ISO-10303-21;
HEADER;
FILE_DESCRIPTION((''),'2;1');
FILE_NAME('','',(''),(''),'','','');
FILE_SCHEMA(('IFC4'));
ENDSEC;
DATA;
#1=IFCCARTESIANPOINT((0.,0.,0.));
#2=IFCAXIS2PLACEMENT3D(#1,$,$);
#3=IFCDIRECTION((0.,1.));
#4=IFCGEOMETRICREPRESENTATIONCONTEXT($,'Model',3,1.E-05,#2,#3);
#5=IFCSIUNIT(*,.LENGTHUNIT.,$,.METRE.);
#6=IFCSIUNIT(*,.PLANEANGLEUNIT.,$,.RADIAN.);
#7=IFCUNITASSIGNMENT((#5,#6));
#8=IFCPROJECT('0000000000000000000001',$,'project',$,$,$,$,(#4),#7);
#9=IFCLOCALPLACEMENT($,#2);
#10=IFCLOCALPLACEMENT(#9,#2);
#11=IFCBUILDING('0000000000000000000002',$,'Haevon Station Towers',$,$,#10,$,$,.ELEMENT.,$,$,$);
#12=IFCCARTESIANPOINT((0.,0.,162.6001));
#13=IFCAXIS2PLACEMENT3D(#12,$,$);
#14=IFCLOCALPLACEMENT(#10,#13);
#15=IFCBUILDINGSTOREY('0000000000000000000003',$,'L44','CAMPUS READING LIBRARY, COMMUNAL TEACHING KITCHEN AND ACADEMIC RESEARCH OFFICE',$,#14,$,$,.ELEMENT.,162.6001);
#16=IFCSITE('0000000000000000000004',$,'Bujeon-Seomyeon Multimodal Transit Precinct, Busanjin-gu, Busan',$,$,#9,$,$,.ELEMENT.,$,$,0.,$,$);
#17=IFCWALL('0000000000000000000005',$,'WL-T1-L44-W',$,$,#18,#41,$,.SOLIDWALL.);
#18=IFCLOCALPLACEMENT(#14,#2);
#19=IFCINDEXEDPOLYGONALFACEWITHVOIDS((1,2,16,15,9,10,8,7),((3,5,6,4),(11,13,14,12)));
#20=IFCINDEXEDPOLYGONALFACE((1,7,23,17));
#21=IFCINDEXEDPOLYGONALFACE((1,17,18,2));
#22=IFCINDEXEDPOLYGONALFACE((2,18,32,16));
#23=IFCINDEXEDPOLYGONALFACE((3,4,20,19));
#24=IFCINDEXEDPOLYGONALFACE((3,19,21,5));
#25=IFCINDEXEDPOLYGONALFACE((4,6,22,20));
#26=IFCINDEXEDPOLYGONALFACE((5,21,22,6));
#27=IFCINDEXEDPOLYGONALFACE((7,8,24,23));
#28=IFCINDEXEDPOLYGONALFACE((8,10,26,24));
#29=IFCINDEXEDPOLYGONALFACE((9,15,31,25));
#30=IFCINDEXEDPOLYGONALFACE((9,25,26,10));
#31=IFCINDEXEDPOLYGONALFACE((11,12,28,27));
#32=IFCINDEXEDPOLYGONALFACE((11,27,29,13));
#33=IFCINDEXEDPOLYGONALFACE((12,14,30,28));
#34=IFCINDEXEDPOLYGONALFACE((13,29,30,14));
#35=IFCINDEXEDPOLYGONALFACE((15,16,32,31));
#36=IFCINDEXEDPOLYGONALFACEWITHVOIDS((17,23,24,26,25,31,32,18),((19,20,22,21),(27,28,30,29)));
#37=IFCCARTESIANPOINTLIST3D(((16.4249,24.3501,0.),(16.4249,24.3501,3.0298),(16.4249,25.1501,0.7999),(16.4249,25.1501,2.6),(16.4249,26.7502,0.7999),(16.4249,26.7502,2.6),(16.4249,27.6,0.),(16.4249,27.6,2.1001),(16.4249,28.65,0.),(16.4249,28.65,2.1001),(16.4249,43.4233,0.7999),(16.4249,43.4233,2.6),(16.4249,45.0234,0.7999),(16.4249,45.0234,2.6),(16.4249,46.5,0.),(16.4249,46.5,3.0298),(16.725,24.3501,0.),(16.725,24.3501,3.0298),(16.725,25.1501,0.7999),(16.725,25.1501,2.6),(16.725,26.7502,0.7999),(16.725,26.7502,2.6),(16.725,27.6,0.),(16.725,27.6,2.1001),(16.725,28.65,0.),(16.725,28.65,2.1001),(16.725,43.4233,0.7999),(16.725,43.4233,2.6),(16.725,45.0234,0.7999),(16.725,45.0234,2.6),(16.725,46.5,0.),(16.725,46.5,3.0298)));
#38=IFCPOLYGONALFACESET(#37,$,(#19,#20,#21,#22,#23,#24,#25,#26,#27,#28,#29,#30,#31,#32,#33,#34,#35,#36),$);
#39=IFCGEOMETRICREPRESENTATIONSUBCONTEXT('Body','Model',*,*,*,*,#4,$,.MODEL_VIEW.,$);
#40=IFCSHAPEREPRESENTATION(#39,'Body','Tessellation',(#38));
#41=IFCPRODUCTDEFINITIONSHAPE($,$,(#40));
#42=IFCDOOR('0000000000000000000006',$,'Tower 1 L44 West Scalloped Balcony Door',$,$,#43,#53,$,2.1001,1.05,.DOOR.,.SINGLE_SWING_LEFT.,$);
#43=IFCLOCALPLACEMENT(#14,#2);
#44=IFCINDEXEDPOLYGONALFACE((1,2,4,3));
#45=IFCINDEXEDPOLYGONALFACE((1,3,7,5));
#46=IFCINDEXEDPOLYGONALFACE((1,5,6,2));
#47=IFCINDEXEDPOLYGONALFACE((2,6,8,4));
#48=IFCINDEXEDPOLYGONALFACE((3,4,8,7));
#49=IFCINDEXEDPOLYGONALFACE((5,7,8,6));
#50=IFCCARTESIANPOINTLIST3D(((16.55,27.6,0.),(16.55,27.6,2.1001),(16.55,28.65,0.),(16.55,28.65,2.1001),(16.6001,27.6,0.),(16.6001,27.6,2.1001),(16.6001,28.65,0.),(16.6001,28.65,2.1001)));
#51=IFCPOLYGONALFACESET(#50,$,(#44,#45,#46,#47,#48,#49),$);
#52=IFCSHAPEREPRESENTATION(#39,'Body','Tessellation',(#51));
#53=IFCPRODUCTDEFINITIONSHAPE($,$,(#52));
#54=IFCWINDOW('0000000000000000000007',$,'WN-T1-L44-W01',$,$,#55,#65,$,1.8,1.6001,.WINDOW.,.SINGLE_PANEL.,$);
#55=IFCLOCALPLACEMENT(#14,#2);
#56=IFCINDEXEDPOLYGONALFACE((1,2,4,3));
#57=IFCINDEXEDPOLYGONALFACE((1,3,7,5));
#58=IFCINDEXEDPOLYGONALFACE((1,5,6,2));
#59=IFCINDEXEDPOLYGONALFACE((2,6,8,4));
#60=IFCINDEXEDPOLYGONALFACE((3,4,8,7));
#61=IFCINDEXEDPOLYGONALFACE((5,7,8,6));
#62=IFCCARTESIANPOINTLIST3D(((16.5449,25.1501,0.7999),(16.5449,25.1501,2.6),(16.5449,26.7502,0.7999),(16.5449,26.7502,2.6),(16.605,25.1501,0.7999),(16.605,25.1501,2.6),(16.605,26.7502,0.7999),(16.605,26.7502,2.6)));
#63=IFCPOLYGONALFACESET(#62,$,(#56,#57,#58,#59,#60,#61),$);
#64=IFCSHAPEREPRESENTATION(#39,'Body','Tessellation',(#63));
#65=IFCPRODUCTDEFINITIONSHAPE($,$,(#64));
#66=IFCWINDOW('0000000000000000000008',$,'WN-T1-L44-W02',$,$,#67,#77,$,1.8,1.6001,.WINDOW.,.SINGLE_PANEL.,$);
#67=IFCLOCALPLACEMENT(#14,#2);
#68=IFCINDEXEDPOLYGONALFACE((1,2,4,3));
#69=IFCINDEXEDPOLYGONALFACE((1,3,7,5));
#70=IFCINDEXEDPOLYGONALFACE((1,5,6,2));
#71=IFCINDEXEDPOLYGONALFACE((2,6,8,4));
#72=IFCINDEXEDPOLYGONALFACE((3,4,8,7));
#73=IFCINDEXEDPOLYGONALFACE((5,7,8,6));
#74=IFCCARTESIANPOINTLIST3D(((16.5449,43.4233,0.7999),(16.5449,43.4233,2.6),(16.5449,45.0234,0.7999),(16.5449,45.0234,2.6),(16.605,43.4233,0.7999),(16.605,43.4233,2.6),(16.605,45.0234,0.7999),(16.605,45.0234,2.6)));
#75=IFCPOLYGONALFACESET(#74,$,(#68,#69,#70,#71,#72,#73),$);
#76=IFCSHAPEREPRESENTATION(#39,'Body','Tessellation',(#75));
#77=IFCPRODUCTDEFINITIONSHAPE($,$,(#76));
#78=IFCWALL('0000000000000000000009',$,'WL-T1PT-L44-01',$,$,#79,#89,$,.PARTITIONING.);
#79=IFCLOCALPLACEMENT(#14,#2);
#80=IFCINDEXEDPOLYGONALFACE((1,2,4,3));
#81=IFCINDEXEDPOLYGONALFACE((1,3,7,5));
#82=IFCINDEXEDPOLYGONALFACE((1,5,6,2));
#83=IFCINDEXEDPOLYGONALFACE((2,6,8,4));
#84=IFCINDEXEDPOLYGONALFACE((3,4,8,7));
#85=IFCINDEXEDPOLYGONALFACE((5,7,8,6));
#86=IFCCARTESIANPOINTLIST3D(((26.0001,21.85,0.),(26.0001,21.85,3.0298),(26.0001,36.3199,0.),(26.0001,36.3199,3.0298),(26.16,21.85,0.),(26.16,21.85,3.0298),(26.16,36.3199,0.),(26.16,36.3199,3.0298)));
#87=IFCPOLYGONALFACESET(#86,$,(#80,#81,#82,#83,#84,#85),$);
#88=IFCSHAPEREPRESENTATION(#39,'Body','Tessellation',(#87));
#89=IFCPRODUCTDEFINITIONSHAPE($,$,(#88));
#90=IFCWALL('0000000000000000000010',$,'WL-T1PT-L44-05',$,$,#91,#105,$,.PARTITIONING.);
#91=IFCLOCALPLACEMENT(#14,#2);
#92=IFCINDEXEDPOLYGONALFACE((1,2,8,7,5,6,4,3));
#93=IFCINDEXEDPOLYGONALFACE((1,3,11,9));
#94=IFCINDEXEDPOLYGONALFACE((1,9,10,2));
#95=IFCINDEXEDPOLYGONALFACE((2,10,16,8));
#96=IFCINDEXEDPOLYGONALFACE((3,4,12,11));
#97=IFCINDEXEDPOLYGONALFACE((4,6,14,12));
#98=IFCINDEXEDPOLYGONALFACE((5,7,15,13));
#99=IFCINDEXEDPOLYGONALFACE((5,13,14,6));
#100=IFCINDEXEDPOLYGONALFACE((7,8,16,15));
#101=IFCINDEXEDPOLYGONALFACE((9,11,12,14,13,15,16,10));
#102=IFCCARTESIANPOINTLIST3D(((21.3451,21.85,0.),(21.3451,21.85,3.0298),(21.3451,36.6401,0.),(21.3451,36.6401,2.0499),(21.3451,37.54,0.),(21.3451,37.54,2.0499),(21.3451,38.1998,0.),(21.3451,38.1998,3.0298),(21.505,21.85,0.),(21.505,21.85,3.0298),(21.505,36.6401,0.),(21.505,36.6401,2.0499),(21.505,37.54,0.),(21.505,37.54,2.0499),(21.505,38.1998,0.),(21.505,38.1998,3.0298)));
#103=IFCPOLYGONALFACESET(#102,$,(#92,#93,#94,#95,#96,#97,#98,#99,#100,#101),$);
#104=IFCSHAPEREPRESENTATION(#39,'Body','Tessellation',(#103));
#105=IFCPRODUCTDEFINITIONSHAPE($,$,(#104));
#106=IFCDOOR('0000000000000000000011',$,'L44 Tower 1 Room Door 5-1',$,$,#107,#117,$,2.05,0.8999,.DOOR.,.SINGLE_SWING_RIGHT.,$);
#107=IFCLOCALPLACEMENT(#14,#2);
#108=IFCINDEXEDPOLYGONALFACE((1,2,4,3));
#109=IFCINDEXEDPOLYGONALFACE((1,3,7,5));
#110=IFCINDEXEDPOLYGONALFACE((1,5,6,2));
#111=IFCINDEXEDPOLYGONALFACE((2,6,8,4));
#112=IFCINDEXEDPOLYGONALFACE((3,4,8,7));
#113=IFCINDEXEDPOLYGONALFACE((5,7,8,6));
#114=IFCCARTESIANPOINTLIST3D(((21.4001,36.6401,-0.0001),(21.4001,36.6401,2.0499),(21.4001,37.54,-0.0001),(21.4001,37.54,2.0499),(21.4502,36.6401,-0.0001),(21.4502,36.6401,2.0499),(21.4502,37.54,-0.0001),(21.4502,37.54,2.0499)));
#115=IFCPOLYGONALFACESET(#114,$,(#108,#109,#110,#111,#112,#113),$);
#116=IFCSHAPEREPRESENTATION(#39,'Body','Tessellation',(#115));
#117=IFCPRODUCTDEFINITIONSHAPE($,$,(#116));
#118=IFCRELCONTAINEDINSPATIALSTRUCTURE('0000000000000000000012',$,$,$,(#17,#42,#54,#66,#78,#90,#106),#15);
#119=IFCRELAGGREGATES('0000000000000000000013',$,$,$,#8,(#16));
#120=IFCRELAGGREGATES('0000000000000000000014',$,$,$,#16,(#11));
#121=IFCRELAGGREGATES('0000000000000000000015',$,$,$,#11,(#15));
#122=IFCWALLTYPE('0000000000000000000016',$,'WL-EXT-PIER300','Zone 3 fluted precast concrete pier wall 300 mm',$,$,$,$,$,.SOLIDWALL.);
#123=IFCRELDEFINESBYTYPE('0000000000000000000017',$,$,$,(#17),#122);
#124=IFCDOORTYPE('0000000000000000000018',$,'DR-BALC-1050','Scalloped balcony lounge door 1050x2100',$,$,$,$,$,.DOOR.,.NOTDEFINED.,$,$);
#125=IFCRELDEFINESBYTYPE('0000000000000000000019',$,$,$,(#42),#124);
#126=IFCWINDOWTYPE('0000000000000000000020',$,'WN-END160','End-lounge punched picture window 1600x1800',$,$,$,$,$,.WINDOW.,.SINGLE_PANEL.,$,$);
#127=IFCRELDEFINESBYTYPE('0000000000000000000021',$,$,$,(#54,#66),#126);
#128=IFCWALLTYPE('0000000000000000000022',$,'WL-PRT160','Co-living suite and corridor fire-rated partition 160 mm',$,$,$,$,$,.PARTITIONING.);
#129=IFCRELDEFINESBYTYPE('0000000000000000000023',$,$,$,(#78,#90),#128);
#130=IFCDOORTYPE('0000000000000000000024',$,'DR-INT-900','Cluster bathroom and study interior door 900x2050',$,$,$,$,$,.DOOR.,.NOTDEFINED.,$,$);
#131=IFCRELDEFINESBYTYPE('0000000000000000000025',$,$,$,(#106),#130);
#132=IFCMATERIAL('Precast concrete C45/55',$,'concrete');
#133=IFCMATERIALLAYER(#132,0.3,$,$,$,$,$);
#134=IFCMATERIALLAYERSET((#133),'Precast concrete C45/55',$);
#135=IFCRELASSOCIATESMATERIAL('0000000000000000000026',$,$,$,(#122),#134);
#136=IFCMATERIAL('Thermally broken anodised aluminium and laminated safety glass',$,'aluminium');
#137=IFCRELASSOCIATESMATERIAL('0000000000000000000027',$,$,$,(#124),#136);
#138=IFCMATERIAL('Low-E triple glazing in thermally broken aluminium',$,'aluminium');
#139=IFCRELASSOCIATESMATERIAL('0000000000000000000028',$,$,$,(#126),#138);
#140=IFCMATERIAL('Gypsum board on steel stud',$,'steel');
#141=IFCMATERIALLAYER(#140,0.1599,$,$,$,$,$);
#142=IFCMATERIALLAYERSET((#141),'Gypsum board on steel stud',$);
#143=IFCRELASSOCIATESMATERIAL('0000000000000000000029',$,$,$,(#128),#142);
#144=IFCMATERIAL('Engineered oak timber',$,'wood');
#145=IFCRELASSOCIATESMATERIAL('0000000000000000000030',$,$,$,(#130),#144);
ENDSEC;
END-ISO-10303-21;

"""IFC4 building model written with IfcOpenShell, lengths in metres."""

from ifc_helpers import new_model, si_unit, direction, frame, frame_2d, origin, place, context, subcontext, project, spatial, rectangle, extrude, material, layer, layer_set, type_object, element, fill, save


model = new_model("IFC4")

# Units and contexts
model_context = context("Model", 3, precision=1e-05, world=origin(), true_north=direction((0.0, 1.0)))
body_context = subcontext(model_context, "Body", "Model", "MODEL_VIEW")
ifc_project = project(units=[si_unit("LENGTHUNIT", "METRE"), si_unit("PLANEANGLEUNIT", "RADIAN")], contexts=[model_context])

# Site, building, storey
site_placement = place(None, origin())
site = spatial("IfcSite", under=ifc_project, at=site_placement, Name="Bujeon-Seomyeon Multimodal Transit Precinct, Busanjin-gu, Busan", CompositionType="ELEMENT", RefElevation=0.0)
building_placement = place(site_placement, origin())
building = spatial("IfcBuilding", under=site, at=building_placement, Name="Haevon Station Towers", CompositionType="ELEMENT")
storey_placement = place(building_placement, frame((0.0, 0.0, 162.6001)))
storey = spatial("IfcBuildingStorey", under=building, at=storey_placement, Name="L44", Description="CAMPUS READING LIBRARY, COMMUNAL TEACHING KITCHEN AND ACADEMIC RESEARCH OFFICE", CompositionType="ELEMENT", Elevation=162.6001)

# Shared definitions
ifc_material_1 = material(Name="Precast concrete C45/55", Category="concrete")
ifc_layer_1 = layer(ifc_material_1, 0.3)
ifc_layer_set_1 = layer_set([ifc_layer_1], Name="Precast concrete C45/55")
wall_type_1 = type_object("IfcWallType", Name="WL-EXT-PIER300", Description="Zone 3 fluted precast concrete pier wall 300 mm", PredefinedType="SOLIDWALL", material=ifc_layer_set_1)

# Wall, openings, door, windows
wall_1_placement = place(storey_placement, frame((16.575, 24.3501, 0.0), z_axis=(0.0, 0.0, 1.0), x_axis=(0.0, 1.0, 0.0)))
wall_1 = element("IfcWall", 1, at=wall_1_placement, inside=storey, type_object=wall_type_1, Name="WL-T1-L44-W", PredefinedType="SOLIDWALL", context=body_context, shape_type="SweptSolid", body=[
    extrude(rectangle(XDim=22.1499, YDim=0.3, at=frame_2d((11.075, 0.0))), origin(), (0.0, 0.0, 1.0), 3.0298),
])
opening_1_placement = place(wall_1_placement, frame((3.25, 0.0, 0.0)))
opening_1 = element("IfcOpeningElement", 2, at=opening_1_placement, cuts=wall_1, PredefinedType="OPENING", context=body_context, shape_type="SweptSolid", body=[
    extrude(rectangle(XDim=1.05, YDim=2.1001, at=frame_2d((0.5249, 1.05))), frame((0.0, 0.1599, 0.0), z_axis=(0.0, -1.0, 0.0), x_axis=(1.0, 0.0, 0.0)), (0.0, 0.0, 1.0), 0.3201),
])
opening_2_placement = place(wall_1_placement, frame((0.8, 0.0, 0.8)))
opening_2 = element("IfcOpeningElement", 3, at=opening_2_placement, cuts=wall_1, PredefinedType="OPENING", context=body_context, shape_type="SweptSolid", body=[
    extrude(rectangle(XDim=1.6001, YDim=1.8, at=frame_2d((0.8, 0.8999))), frame((0.0, 0.1599, 0.0), z_axis=(0.0, -1.0, 0.0), x_axis=(1.0, 0.0, 0.0)), (0.0, 0.0, 1.0), 0.3201),
])
opening_3_placement = place(wall_1_placement, frame((19.0732, 0.0, 0.8)))
opening_3 = element("IfcOpeningElement", 4, at=opening_3_placement, cuts=wall_1, PredefinedType="OPENING", context=body_context, shape_type="SweptSolid", body=[
    extrude(rectangle(XDim=1.6001, YDim=1.8, at=frame_2d((0.8, 0.8999))), frame((0.0, 0.1599, 0.0), z_axis=(0.0, -1.0, 0.0), x_axis=(1.0, 0.0, 0.0)), (0.0, 0.0, 1.0), 0.3201),
])
ifc_material_2 = material(Name="Thermally broken anodised aluminium and laminated safety glass", Category="aluminium")
door_type_1 = type_object("IfcDoorType", Name="DR-BALC-1050", Description="Scalloped balcony lounge door 1050x2100", OperationType="NOTDEFINED", PredefinedType="DOOR", material=ifc_material_2)
door_1_placement = place(opening_1_placement, origin())
door_1 = element("IfcDoor", 5, at=door_1_placement, inside=storey, type_object=door_type_1, Name="Tower 1 L44 West Scalloped Balcony Door", OperationType="SINGLE_SWING_LEFT", OverallHeight=2.1001, OverallWidth=1.05, PredefinedType="DOOR", context=body_context, shape_type="SweptSolid", body=[
    extrude(rectangle(XDim=1.05, YDim=2.1001, at=frame_2d((0.5249, 1.05))), frame((0.0, 0.0249, 0.0), z_axis=(0.0, -1.0, 0.0), x_axis=(1.0, 0.0, 0.0)), (0.0, 0.0, 1.0), 0.05),
])
fill(opening_1, door_1)
ifc_material_3 = material(Name="Low-E triple glazing in thermally broken aluminium", Category="aluminium")
window_type = type_object("IfcWindowType", Name="WN-END160", Description="End-lounge punched picture window 1600x1800", PartitioningType="SINGLE_PANEL", PredefinedType="WINDOW", material=ifc_material_3)
window_1_placement = place(opening_2_placement, origin())
window_1 = element("IfcWindow", 6, at=window_1_placement, inside=storey, type_object=window_type, Name="WN-T1-L44-W01", OverallHeight=1.8, OverallWidth=1.6001, PartitioningType="SINGLE_PANEL", PredefinedType="WINDOW", context=body_context, shape_type="SweptSolid", body=[
    extrude(rectangle(XDim=1.6001, YDim=1.8, at=frame_2d((0.8, 0.8999))), frame((0.0, 0.03, 0.0), z_axis=(0.0, -1.0, 0.0), x_axis=(1.0, 0.0, 0.0)), (0.0, 0.0, 1.0), 0.0601),
])
fill(opening_2, window_1)
window_2_placement = place(opening_3_placement, origin())
window_2 = element("IfcWindow", 7, at=window_2_placement, inside=storey, type_object=window_type, Name="WN-T1-L44-W02", OverallHeight=1.8, OverallWidth=1.6001, PartitioningType="SINGLE_PANEL", PredefinedType="WINDOW", context=body_context, shape_type="SweptSolid", body=[
    extrude(rectangle(XDim=1.6001, YDim=1.8, at=frame_2d((0.8, 0.8999))), frame((0.0, 0.03, 0.0), z_axis=(0.0, -1.0, 0.0), x_axis=(1.0, 0.0, 0.0)), (0.0, 0.0, 1.0), 0.0601),
])
fill(opening_3, window_2)

# Wall
ifc_material_4 = material(Name="Gypsum board on steel stud", Category="steel")
ifc_layer_2 = layer(ifc_material_4, 0.1599)
ifc_layer_set_2 = layer_set([ifc_layer_2], Name="Gypsum board on steel stud")
wall_type_2 = type_object("IfcWallType", Name="WL-PRT160", Description="Co-living suite and corridor fire-rated partition 160 mm", PredefinedType="PARTITIONING", material=ifc_layer_set_2)
wall_2_placement = place(storey_placement, frame((26.0801, 21.8501, 0.0), z_axis=(0.0, 0.0, 1.0), x_axis=(0.0, 1.0, 0.0)))
element("IfcWall", 8, at=wall_2_placement, inside=storey, type_object=wall_type_2, Name="WL-T1PT-L44-01", PredefinedType="PARTITIONING", context=body_context, shape_type="SweptSolid", body=[
    extrude(rectangle(XDim=14.47, YDim=0.1599, at=frame_2d((7.2349, 0.0))), origin(), (0.0, 0.0, 1.0), 3.0298),
])

# Wall, opening, door
wall_3_placement = place(storey_placement, frame((21.425, 21.8501, 0.0), z_axis=(0.0, 0.0, 1.0), x_axis=(0.0, 1.0, 0.0)))
wall_3 = element("IfcWall", 9, at=wall_3_placement, inside=storey, type_object=wall_type_2, Name="WL-T1PT-L44-05", PredefinedType="PARTITIONING", context=body_context, shape_type="SweptSolid", body=[
    extrude(rectangle(XDim=16.3499, YDim=0.1599, at=frame_2d((8.1748, 0.0))), origin(), (0.0, 0.0, 1.0), 3.0298),
])
opening_4_placement = place(wall_3_placement, frame((14.79, 0.0, 0.0)))
opening_4 = element("IfcOpeningElement", 10, at=opening_4_placement, cuts=wall_3, PredefinedType="OPENING", context=body_context, shape_type="SweptSolid", body=[
    extrude(rectangle(XDim=0.8999, YDim=2.05, at=frame_2d((0.45, 1.0249))), frame((0.0, 0.0898, 0.0), z_axis=(0.0, -1.0, 0.0), x_axis=(1.0, 0.0, 0.0)), (0.0, 0.0, 1.0), 0.1799),
])
ifc_material_5 = material(Name="Engineered oak timber", Category="wood")
door_type_2 = type_object("IfcDoorType", Name="DR-INT-900", Description="Cluster bathroom and study interior door 900x2050", OperationType="NOTDEFINED", PredefinedType="DOOR", material=ifc_material_5)
door_2_placement = place(opening_4_placement, origin())
door_2 = element("IfcDoor", 11, at=door_2_placement, inside=storey, type_object=door_type_2, Name="L44 Tower 1 Room Door 5-1", OperationType="SINGLE_SWING_RIGHT", OverallHeight=2.05, OverallWidth=0.8999, PredefinedType="DOOR", context=body_context, shape_type="SweptSolid", body=[
    extrude(rectangle(XDim=0.8999, YDim=2.05, at=frame_2d((0.45, 1.0249))), frame((0.0, 0.0249, 0.0), z_axis=(0.0, -1.0, 0.0), x_axis=(1.0, 0.0, 0.0)), (0.0, 0.0, 1.0), 0.05),
])
fill(opening_4, door_2)

save(model, "model.ifc")
